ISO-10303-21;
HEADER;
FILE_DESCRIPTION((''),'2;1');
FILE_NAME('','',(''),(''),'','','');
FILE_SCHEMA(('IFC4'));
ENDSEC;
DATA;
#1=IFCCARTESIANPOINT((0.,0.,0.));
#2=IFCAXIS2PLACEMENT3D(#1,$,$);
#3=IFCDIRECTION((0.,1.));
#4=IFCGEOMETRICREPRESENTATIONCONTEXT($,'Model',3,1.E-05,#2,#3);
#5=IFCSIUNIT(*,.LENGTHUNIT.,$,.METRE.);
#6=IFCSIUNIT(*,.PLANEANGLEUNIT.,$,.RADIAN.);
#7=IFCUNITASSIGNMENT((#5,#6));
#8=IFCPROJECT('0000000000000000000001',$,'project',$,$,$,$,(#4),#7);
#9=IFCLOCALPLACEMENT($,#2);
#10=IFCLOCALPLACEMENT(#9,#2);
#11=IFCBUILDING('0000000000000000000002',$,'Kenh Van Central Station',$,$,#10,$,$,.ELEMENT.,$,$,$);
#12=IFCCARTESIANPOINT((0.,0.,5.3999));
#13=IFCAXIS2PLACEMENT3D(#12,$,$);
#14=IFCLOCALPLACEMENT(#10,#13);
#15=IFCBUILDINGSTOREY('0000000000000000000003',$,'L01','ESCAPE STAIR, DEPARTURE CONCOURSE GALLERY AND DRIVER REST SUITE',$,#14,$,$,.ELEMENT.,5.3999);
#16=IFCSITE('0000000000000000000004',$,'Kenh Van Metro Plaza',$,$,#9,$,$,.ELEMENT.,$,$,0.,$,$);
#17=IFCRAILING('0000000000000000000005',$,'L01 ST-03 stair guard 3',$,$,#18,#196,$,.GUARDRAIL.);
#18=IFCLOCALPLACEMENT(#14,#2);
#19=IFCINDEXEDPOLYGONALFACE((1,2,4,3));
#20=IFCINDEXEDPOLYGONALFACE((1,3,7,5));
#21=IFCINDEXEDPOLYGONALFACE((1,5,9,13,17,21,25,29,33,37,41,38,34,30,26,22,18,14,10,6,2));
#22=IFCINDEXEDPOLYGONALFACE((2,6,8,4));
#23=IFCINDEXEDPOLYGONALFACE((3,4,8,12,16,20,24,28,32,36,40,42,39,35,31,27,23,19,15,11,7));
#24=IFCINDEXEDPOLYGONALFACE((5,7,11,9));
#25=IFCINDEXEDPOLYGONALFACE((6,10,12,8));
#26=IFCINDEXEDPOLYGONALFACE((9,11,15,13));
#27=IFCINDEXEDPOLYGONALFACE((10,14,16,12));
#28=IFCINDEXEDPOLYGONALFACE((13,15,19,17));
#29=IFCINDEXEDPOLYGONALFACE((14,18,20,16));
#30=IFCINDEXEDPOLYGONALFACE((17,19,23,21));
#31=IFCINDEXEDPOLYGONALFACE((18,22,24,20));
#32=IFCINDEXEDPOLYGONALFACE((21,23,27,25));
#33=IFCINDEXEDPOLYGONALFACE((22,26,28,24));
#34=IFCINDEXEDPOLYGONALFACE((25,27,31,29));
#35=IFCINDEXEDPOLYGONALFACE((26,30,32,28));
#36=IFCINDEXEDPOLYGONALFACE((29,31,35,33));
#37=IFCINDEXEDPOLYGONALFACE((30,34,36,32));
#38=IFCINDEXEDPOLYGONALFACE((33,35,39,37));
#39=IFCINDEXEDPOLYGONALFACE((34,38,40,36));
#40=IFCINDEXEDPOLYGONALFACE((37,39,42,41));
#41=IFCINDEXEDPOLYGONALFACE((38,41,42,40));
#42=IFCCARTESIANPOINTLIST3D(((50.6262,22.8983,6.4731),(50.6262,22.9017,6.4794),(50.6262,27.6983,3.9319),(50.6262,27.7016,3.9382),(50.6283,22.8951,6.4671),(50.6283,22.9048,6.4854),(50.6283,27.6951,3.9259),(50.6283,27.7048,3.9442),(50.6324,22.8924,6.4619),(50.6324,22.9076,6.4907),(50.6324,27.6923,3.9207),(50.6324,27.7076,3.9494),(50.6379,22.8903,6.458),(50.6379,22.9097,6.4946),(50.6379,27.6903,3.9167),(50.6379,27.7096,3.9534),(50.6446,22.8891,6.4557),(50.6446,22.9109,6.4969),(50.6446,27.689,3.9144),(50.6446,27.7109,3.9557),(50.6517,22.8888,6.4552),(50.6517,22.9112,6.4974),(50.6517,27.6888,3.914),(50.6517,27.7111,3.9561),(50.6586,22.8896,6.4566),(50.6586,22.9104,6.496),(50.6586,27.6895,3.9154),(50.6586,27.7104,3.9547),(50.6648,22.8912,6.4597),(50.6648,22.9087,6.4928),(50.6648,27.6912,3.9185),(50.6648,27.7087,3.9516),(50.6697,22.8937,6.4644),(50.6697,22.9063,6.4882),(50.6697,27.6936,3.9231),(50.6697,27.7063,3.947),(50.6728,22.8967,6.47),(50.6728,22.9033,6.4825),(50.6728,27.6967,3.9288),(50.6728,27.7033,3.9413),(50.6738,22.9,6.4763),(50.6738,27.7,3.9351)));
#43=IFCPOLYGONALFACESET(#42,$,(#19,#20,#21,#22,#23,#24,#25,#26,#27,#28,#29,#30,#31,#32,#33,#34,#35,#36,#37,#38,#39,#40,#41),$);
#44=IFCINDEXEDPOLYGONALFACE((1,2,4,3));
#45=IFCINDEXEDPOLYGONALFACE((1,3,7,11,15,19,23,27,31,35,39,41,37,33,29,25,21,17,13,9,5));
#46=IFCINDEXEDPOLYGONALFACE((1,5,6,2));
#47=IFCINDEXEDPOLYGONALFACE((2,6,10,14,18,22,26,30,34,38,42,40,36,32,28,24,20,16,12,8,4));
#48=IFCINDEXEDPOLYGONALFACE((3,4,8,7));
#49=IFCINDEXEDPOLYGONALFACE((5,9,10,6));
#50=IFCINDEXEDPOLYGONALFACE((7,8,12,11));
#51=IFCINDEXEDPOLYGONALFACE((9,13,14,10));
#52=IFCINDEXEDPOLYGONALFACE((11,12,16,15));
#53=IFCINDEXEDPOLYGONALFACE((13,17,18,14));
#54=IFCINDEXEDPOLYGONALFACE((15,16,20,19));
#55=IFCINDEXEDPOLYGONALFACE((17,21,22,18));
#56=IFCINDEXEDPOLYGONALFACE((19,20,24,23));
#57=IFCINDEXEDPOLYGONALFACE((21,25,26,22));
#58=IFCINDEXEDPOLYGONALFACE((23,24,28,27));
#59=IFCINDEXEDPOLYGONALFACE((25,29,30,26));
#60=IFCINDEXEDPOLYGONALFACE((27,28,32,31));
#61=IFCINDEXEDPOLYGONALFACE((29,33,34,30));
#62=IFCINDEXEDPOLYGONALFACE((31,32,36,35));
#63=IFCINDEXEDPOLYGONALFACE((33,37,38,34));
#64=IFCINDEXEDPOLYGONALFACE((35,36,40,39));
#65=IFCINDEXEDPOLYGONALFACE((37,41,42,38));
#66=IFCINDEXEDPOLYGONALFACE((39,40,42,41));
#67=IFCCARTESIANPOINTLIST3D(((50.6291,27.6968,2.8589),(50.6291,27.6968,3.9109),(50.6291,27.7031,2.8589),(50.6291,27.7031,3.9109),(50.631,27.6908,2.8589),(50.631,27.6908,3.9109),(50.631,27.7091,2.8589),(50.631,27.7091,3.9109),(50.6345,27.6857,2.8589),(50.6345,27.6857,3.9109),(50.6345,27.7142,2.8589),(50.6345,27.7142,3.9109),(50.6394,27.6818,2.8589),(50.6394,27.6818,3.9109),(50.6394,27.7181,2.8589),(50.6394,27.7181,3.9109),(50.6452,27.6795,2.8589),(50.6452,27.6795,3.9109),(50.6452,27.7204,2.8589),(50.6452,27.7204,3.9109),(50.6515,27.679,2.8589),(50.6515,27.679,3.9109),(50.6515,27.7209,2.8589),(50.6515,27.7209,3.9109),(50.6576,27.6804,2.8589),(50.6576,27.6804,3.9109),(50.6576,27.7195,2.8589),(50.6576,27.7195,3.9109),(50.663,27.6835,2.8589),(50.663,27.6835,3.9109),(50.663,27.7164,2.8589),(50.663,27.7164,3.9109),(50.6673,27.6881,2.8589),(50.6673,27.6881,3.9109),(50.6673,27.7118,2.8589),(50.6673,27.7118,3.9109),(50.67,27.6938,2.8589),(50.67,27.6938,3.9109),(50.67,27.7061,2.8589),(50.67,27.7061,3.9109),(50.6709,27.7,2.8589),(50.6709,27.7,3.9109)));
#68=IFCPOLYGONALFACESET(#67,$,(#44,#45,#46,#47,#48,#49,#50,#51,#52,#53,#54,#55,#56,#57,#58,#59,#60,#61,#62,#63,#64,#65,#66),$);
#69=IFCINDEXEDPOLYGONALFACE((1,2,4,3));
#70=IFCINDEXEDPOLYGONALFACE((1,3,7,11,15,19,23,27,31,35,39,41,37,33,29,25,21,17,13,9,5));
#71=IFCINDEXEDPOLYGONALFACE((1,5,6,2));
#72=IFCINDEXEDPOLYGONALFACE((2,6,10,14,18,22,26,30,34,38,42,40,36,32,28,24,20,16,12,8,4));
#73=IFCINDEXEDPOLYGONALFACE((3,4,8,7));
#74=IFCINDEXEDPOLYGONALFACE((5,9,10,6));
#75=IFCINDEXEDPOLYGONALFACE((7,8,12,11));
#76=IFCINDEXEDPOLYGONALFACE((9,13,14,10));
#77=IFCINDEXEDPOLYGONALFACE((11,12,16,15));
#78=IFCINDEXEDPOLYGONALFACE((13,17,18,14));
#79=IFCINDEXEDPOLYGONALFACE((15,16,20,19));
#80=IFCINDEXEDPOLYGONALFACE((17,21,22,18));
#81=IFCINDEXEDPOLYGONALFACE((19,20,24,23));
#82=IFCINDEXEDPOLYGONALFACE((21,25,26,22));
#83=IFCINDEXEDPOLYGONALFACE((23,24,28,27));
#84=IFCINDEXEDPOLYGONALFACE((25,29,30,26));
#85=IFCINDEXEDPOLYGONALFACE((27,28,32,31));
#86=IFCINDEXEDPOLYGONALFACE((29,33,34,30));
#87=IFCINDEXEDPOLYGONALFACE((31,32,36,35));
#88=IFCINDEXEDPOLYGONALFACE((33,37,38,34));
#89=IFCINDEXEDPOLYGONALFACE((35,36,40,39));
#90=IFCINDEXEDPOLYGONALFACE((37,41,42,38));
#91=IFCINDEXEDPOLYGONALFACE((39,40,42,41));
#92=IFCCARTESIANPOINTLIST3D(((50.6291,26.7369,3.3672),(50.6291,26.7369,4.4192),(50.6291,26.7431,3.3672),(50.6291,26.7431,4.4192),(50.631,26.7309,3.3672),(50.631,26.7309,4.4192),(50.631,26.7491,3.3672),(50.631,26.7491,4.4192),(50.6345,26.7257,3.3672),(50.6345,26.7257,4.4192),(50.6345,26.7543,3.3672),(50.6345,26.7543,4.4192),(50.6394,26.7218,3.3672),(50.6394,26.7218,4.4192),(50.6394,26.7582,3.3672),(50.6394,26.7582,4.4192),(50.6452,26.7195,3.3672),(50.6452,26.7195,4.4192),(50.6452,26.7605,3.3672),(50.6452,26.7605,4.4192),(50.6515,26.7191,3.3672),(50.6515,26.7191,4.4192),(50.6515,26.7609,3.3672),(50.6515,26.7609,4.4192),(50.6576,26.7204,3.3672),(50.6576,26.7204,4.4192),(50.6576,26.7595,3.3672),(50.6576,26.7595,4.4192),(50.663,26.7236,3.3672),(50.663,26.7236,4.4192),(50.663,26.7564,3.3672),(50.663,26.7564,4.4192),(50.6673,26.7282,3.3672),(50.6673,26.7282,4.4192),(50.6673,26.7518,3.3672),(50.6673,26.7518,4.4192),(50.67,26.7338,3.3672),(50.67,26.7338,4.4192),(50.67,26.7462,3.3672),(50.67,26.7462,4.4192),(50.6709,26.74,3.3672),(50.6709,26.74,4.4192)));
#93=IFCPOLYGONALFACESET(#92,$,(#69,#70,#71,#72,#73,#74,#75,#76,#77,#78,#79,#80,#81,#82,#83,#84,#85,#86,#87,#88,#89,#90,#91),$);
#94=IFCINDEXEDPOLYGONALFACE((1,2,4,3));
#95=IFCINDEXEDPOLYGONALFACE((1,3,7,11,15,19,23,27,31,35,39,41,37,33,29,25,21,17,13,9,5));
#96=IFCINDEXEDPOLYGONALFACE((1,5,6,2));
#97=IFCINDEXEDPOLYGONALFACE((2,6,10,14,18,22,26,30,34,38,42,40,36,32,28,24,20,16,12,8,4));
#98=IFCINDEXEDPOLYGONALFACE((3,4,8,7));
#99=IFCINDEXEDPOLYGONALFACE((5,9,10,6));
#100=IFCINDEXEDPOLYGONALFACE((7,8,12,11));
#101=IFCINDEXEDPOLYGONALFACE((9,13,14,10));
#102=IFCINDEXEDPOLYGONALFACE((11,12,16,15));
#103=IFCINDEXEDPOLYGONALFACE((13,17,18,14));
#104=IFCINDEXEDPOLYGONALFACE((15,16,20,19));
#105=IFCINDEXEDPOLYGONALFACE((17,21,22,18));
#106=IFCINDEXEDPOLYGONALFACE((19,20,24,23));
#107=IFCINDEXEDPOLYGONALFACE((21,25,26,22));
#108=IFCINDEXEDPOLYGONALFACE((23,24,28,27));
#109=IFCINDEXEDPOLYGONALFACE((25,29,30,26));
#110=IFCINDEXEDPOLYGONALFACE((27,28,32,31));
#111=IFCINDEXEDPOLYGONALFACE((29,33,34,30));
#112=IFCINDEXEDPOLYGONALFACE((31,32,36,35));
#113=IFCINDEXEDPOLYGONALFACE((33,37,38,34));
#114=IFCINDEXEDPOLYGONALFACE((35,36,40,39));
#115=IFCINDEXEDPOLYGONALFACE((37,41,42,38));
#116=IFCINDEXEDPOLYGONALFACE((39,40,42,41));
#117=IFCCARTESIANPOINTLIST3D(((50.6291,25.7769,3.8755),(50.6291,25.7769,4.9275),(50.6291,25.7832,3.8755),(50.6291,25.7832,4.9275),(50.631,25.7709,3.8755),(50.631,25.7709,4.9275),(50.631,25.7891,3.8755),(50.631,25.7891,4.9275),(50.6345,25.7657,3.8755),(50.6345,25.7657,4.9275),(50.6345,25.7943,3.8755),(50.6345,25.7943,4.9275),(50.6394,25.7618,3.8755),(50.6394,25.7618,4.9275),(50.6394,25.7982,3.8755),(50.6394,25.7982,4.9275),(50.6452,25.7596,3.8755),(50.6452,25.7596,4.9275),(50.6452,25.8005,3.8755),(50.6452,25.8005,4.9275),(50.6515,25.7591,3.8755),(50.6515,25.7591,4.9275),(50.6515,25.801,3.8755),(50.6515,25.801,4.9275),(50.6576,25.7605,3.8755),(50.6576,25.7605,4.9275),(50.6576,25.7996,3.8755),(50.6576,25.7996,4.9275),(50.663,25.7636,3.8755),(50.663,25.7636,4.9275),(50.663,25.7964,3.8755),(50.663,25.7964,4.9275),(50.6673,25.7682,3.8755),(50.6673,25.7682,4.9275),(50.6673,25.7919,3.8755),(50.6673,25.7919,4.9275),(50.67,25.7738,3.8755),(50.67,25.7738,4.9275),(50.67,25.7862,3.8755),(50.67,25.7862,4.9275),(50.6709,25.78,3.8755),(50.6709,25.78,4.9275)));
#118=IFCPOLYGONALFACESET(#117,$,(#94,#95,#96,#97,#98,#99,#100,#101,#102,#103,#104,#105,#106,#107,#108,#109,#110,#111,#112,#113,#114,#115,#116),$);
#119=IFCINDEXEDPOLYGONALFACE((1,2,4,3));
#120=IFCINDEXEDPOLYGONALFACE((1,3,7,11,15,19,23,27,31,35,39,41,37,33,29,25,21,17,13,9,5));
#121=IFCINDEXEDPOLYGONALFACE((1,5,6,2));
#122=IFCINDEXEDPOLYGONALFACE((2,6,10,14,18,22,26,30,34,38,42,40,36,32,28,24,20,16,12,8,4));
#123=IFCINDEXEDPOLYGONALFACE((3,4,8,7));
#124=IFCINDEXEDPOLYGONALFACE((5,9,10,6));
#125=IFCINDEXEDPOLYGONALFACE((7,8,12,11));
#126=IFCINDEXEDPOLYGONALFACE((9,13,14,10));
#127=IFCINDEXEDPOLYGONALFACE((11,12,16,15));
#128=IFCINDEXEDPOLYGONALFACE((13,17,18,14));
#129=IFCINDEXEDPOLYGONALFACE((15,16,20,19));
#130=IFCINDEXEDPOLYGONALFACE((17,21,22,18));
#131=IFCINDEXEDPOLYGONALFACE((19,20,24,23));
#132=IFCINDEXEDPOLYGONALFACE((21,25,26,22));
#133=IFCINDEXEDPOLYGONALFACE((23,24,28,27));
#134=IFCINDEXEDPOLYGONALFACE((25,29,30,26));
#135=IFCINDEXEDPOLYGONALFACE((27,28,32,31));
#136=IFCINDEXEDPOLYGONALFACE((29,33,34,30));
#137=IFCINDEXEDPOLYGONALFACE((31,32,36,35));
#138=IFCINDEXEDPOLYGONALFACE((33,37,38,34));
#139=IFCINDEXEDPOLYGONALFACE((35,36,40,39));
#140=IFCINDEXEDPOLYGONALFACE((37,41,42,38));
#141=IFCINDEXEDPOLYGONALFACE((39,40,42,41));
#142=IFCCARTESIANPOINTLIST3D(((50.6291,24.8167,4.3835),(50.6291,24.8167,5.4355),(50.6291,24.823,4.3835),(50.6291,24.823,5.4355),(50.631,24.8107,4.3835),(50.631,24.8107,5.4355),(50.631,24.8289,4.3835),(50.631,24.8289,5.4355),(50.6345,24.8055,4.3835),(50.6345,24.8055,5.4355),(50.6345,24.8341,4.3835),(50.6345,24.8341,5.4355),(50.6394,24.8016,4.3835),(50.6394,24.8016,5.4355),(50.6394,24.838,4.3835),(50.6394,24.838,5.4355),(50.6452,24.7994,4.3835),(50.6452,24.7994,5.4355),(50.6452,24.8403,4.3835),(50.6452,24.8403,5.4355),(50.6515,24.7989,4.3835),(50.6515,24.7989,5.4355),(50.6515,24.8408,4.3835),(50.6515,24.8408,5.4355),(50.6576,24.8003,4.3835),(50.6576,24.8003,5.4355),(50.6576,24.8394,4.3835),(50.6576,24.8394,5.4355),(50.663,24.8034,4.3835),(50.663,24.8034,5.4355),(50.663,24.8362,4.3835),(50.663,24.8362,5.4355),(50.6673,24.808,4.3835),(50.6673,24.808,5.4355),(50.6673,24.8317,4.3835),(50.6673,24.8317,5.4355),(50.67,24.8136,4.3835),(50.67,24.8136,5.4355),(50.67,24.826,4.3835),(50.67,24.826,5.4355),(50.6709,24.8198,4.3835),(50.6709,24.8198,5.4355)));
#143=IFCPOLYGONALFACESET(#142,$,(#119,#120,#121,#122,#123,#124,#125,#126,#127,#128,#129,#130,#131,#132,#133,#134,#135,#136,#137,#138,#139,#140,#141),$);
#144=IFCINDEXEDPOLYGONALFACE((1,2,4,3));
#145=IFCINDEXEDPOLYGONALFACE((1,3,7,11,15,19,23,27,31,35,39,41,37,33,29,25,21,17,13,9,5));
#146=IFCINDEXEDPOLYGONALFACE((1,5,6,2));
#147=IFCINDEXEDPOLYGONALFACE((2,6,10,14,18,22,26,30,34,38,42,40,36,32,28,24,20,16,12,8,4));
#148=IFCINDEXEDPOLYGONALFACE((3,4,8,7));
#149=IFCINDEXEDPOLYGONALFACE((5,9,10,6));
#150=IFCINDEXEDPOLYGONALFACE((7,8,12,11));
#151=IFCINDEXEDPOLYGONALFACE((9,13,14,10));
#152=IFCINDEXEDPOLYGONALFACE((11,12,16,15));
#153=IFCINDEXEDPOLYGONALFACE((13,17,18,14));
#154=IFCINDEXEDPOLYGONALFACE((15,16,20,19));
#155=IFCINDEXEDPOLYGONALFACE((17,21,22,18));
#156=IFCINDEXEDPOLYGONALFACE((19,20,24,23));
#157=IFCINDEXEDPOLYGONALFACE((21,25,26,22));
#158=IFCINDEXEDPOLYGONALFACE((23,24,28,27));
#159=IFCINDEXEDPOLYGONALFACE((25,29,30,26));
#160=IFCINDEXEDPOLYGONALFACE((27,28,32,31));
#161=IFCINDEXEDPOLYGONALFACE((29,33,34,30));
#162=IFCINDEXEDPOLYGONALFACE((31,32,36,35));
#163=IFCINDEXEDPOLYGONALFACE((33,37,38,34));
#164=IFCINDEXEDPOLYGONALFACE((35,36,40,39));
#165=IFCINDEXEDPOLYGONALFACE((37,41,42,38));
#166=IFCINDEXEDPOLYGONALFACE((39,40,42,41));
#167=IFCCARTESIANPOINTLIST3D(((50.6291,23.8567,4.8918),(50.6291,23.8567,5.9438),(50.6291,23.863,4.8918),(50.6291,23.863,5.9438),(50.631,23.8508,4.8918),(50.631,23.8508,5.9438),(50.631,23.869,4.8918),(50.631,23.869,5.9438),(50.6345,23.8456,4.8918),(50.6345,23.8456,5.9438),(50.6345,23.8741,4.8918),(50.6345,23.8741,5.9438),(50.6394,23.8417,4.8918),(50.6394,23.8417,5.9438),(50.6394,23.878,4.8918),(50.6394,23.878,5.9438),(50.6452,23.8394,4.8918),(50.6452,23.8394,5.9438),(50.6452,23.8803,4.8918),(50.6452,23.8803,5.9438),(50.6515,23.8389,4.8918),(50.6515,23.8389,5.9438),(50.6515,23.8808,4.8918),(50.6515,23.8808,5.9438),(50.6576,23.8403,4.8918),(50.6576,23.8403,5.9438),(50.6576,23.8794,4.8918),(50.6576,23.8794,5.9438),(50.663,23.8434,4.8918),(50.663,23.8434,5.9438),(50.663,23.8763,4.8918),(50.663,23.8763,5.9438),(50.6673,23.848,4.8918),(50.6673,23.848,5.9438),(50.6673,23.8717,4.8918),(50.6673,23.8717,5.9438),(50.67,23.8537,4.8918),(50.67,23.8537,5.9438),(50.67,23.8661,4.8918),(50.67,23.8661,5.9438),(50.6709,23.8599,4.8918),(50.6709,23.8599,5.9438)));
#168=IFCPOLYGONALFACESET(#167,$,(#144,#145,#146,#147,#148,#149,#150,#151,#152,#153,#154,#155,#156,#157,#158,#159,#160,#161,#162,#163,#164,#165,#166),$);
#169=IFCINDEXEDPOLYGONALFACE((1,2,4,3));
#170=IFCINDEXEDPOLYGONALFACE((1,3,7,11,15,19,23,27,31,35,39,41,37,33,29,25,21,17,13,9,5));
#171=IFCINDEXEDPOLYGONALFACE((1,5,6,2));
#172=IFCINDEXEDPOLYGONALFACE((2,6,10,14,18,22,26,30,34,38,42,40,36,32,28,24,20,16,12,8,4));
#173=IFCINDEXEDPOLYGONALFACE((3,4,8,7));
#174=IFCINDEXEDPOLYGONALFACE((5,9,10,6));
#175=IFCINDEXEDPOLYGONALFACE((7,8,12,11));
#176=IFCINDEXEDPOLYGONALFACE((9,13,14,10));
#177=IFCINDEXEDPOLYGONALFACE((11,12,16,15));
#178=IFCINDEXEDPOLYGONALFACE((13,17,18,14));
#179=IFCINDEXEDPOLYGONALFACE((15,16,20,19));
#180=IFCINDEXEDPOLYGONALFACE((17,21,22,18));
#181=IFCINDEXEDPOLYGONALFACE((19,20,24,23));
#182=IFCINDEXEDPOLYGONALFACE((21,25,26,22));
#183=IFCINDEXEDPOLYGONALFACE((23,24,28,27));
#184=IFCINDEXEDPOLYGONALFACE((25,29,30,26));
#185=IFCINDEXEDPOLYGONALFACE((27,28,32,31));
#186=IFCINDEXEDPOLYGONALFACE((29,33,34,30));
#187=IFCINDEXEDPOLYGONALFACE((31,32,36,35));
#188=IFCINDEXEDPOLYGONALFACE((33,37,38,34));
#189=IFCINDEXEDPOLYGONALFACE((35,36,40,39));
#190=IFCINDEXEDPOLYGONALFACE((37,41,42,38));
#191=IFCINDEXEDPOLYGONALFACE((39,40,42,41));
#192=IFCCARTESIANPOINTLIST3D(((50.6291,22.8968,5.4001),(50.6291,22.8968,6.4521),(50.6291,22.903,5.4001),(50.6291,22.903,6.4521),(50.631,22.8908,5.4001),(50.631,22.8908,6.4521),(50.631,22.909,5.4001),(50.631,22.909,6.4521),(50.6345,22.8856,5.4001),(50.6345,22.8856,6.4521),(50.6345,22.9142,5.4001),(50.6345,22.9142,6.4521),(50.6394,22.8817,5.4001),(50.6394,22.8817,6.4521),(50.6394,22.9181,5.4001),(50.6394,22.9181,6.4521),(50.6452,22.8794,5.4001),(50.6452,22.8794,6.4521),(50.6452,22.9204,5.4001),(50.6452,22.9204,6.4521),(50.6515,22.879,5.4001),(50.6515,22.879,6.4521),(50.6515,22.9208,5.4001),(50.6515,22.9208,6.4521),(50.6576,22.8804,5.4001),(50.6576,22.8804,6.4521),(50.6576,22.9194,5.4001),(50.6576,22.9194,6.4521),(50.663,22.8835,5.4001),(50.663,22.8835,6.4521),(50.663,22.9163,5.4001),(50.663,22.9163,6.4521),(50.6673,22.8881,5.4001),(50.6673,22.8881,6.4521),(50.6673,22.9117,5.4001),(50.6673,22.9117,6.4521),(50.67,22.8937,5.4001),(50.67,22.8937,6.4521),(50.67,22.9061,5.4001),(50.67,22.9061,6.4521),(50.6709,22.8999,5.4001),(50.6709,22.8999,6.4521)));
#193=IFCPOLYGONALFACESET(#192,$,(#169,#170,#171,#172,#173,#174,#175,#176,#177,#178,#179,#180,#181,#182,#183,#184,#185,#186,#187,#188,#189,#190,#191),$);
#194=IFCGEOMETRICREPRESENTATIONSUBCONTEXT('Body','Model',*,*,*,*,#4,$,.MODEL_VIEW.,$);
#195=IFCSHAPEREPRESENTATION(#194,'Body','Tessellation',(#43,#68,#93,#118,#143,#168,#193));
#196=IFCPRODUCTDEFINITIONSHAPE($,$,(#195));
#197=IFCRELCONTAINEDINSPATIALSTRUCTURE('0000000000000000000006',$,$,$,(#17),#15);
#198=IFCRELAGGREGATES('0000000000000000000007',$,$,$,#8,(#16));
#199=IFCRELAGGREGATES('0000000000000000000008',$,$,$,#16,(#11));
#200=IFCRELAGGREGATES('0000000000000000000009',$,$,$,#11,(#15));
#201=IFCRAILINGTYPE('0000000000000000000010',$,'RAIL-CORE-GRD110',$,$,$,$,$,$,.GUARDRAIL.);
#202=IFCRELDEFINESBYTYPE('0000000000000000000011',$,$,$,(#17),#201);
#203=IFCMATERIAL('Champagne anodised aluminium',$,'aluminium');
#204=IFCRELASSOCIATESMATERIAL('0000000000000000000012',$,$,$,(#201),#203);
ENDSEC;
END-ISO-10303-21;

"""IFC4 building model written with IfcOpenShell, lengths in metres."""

from ifc_helpers import new_model, si_unit, direction, frame, origin, origin_2d, place, context, subcontext, project, spatial, circle, extrude, material, type_object, element, save


model = new_model("IFC4")

# Units and contexts
model_context = context("Model", 3, precision=1e-05, world=origin(), true_north=direction((0.0, 1.0)))
body_context = subcontext(model_context, "Body", "Model", "MODEL_VIEW")
ifc_project = project(units=[si_unit("LENGTHUNIT", "METRE"), si_unit("PLANEANGLEUNIT", "RADIAN")], contexts=[model_context])

# Site, building, storey
site_placement = place(None, origin())
site = spatial("IfcSite", under=ifc_project, at=site_placement, Name="Kenh Van Metro Plaza", CompositionType="ELEMENT", RefElevation=0.0)
building_placement = place(site_placement, origin())
building = spatial("IfcBuilding", under=site, at=building_placement, Name="Kenh Van Central Station", CompositionType="ELEMENT")
storey_placement = place(building_placement, frame((0.0, 0.0, 5.3999)))
storey = spatial("IfcBuildingStorey", under=building, at=storey_placement, Name="L01", Description="ESCAPE STAIR, DEPARTURE CONCOURSE GALLERY AND DRIVER REST SUITE", CompositionType="ELEMENT", Elevation=5.3999)

# Shared definitions
ifc_material_1 = material(Name="Champagne anodised aluminium", Category="aluminium")

# Railing
railing_type_1 = type_object("IfcRailingType", Name="RAIL-CORE-GRD110", PredefinedType="GUARDRAIL", material=ifc_material_1)
railing_1_placement = place(storey_placement, frame((50.6499, 27.7, 2.8589)))
element("IfcRailing", 1, at=railing_1_placement, inside=storey, type_object=railing_type_1, Name="L01 ST-03 stair guard 3", PredefinedType="GUARDRAIL", context=body_context, shape_type="SweptSolid", body=[
    extrude(circle(Radius=0.0239, at=origin_2d()), frame((0.0, 0.0, 1.0762), z_axis=(0.0, -0.883784, 0.467896), x_axis=(1.0, 0.0, 0.0)), (0.0, 0.0, 1.0), 5.4312),
    extrude(circle(Radius=0.021, at=origin_2d()), origin(), (0.0, 0.0, 1.0), 1.052),
    extrude(circle(Radius=0.021, at=origin_2d()), frame((0.0, -0.96, 0.5083)), (0.0, 0.0, 1.0), 1.052),
    extrude(circle(Radius=0.021, at=origin_2d()), frame((0.0, -1.9199, 1.0166)), (0.0, 0.0, 1.0), 1.052),
    extrude(circle(Radius=0.021, at=origin_2d()), frame((0.0, -2.8801, 1.5247)), (0.0, 0.0, 1.0), 1.052),
    extrude(circle(Radius=0.021, at=origin_2d()), frame((0.0, -3.8401, 2.033)), (0.0, 0.0, 1.0), 1.052),
    extrude(circle(Radius=0.021, at=origin_2d()), frame((0.0, -4.8, 2.5413)), (0.0, 0.0, 1.0), 1.052),
])

save(model, "model.ifc")
